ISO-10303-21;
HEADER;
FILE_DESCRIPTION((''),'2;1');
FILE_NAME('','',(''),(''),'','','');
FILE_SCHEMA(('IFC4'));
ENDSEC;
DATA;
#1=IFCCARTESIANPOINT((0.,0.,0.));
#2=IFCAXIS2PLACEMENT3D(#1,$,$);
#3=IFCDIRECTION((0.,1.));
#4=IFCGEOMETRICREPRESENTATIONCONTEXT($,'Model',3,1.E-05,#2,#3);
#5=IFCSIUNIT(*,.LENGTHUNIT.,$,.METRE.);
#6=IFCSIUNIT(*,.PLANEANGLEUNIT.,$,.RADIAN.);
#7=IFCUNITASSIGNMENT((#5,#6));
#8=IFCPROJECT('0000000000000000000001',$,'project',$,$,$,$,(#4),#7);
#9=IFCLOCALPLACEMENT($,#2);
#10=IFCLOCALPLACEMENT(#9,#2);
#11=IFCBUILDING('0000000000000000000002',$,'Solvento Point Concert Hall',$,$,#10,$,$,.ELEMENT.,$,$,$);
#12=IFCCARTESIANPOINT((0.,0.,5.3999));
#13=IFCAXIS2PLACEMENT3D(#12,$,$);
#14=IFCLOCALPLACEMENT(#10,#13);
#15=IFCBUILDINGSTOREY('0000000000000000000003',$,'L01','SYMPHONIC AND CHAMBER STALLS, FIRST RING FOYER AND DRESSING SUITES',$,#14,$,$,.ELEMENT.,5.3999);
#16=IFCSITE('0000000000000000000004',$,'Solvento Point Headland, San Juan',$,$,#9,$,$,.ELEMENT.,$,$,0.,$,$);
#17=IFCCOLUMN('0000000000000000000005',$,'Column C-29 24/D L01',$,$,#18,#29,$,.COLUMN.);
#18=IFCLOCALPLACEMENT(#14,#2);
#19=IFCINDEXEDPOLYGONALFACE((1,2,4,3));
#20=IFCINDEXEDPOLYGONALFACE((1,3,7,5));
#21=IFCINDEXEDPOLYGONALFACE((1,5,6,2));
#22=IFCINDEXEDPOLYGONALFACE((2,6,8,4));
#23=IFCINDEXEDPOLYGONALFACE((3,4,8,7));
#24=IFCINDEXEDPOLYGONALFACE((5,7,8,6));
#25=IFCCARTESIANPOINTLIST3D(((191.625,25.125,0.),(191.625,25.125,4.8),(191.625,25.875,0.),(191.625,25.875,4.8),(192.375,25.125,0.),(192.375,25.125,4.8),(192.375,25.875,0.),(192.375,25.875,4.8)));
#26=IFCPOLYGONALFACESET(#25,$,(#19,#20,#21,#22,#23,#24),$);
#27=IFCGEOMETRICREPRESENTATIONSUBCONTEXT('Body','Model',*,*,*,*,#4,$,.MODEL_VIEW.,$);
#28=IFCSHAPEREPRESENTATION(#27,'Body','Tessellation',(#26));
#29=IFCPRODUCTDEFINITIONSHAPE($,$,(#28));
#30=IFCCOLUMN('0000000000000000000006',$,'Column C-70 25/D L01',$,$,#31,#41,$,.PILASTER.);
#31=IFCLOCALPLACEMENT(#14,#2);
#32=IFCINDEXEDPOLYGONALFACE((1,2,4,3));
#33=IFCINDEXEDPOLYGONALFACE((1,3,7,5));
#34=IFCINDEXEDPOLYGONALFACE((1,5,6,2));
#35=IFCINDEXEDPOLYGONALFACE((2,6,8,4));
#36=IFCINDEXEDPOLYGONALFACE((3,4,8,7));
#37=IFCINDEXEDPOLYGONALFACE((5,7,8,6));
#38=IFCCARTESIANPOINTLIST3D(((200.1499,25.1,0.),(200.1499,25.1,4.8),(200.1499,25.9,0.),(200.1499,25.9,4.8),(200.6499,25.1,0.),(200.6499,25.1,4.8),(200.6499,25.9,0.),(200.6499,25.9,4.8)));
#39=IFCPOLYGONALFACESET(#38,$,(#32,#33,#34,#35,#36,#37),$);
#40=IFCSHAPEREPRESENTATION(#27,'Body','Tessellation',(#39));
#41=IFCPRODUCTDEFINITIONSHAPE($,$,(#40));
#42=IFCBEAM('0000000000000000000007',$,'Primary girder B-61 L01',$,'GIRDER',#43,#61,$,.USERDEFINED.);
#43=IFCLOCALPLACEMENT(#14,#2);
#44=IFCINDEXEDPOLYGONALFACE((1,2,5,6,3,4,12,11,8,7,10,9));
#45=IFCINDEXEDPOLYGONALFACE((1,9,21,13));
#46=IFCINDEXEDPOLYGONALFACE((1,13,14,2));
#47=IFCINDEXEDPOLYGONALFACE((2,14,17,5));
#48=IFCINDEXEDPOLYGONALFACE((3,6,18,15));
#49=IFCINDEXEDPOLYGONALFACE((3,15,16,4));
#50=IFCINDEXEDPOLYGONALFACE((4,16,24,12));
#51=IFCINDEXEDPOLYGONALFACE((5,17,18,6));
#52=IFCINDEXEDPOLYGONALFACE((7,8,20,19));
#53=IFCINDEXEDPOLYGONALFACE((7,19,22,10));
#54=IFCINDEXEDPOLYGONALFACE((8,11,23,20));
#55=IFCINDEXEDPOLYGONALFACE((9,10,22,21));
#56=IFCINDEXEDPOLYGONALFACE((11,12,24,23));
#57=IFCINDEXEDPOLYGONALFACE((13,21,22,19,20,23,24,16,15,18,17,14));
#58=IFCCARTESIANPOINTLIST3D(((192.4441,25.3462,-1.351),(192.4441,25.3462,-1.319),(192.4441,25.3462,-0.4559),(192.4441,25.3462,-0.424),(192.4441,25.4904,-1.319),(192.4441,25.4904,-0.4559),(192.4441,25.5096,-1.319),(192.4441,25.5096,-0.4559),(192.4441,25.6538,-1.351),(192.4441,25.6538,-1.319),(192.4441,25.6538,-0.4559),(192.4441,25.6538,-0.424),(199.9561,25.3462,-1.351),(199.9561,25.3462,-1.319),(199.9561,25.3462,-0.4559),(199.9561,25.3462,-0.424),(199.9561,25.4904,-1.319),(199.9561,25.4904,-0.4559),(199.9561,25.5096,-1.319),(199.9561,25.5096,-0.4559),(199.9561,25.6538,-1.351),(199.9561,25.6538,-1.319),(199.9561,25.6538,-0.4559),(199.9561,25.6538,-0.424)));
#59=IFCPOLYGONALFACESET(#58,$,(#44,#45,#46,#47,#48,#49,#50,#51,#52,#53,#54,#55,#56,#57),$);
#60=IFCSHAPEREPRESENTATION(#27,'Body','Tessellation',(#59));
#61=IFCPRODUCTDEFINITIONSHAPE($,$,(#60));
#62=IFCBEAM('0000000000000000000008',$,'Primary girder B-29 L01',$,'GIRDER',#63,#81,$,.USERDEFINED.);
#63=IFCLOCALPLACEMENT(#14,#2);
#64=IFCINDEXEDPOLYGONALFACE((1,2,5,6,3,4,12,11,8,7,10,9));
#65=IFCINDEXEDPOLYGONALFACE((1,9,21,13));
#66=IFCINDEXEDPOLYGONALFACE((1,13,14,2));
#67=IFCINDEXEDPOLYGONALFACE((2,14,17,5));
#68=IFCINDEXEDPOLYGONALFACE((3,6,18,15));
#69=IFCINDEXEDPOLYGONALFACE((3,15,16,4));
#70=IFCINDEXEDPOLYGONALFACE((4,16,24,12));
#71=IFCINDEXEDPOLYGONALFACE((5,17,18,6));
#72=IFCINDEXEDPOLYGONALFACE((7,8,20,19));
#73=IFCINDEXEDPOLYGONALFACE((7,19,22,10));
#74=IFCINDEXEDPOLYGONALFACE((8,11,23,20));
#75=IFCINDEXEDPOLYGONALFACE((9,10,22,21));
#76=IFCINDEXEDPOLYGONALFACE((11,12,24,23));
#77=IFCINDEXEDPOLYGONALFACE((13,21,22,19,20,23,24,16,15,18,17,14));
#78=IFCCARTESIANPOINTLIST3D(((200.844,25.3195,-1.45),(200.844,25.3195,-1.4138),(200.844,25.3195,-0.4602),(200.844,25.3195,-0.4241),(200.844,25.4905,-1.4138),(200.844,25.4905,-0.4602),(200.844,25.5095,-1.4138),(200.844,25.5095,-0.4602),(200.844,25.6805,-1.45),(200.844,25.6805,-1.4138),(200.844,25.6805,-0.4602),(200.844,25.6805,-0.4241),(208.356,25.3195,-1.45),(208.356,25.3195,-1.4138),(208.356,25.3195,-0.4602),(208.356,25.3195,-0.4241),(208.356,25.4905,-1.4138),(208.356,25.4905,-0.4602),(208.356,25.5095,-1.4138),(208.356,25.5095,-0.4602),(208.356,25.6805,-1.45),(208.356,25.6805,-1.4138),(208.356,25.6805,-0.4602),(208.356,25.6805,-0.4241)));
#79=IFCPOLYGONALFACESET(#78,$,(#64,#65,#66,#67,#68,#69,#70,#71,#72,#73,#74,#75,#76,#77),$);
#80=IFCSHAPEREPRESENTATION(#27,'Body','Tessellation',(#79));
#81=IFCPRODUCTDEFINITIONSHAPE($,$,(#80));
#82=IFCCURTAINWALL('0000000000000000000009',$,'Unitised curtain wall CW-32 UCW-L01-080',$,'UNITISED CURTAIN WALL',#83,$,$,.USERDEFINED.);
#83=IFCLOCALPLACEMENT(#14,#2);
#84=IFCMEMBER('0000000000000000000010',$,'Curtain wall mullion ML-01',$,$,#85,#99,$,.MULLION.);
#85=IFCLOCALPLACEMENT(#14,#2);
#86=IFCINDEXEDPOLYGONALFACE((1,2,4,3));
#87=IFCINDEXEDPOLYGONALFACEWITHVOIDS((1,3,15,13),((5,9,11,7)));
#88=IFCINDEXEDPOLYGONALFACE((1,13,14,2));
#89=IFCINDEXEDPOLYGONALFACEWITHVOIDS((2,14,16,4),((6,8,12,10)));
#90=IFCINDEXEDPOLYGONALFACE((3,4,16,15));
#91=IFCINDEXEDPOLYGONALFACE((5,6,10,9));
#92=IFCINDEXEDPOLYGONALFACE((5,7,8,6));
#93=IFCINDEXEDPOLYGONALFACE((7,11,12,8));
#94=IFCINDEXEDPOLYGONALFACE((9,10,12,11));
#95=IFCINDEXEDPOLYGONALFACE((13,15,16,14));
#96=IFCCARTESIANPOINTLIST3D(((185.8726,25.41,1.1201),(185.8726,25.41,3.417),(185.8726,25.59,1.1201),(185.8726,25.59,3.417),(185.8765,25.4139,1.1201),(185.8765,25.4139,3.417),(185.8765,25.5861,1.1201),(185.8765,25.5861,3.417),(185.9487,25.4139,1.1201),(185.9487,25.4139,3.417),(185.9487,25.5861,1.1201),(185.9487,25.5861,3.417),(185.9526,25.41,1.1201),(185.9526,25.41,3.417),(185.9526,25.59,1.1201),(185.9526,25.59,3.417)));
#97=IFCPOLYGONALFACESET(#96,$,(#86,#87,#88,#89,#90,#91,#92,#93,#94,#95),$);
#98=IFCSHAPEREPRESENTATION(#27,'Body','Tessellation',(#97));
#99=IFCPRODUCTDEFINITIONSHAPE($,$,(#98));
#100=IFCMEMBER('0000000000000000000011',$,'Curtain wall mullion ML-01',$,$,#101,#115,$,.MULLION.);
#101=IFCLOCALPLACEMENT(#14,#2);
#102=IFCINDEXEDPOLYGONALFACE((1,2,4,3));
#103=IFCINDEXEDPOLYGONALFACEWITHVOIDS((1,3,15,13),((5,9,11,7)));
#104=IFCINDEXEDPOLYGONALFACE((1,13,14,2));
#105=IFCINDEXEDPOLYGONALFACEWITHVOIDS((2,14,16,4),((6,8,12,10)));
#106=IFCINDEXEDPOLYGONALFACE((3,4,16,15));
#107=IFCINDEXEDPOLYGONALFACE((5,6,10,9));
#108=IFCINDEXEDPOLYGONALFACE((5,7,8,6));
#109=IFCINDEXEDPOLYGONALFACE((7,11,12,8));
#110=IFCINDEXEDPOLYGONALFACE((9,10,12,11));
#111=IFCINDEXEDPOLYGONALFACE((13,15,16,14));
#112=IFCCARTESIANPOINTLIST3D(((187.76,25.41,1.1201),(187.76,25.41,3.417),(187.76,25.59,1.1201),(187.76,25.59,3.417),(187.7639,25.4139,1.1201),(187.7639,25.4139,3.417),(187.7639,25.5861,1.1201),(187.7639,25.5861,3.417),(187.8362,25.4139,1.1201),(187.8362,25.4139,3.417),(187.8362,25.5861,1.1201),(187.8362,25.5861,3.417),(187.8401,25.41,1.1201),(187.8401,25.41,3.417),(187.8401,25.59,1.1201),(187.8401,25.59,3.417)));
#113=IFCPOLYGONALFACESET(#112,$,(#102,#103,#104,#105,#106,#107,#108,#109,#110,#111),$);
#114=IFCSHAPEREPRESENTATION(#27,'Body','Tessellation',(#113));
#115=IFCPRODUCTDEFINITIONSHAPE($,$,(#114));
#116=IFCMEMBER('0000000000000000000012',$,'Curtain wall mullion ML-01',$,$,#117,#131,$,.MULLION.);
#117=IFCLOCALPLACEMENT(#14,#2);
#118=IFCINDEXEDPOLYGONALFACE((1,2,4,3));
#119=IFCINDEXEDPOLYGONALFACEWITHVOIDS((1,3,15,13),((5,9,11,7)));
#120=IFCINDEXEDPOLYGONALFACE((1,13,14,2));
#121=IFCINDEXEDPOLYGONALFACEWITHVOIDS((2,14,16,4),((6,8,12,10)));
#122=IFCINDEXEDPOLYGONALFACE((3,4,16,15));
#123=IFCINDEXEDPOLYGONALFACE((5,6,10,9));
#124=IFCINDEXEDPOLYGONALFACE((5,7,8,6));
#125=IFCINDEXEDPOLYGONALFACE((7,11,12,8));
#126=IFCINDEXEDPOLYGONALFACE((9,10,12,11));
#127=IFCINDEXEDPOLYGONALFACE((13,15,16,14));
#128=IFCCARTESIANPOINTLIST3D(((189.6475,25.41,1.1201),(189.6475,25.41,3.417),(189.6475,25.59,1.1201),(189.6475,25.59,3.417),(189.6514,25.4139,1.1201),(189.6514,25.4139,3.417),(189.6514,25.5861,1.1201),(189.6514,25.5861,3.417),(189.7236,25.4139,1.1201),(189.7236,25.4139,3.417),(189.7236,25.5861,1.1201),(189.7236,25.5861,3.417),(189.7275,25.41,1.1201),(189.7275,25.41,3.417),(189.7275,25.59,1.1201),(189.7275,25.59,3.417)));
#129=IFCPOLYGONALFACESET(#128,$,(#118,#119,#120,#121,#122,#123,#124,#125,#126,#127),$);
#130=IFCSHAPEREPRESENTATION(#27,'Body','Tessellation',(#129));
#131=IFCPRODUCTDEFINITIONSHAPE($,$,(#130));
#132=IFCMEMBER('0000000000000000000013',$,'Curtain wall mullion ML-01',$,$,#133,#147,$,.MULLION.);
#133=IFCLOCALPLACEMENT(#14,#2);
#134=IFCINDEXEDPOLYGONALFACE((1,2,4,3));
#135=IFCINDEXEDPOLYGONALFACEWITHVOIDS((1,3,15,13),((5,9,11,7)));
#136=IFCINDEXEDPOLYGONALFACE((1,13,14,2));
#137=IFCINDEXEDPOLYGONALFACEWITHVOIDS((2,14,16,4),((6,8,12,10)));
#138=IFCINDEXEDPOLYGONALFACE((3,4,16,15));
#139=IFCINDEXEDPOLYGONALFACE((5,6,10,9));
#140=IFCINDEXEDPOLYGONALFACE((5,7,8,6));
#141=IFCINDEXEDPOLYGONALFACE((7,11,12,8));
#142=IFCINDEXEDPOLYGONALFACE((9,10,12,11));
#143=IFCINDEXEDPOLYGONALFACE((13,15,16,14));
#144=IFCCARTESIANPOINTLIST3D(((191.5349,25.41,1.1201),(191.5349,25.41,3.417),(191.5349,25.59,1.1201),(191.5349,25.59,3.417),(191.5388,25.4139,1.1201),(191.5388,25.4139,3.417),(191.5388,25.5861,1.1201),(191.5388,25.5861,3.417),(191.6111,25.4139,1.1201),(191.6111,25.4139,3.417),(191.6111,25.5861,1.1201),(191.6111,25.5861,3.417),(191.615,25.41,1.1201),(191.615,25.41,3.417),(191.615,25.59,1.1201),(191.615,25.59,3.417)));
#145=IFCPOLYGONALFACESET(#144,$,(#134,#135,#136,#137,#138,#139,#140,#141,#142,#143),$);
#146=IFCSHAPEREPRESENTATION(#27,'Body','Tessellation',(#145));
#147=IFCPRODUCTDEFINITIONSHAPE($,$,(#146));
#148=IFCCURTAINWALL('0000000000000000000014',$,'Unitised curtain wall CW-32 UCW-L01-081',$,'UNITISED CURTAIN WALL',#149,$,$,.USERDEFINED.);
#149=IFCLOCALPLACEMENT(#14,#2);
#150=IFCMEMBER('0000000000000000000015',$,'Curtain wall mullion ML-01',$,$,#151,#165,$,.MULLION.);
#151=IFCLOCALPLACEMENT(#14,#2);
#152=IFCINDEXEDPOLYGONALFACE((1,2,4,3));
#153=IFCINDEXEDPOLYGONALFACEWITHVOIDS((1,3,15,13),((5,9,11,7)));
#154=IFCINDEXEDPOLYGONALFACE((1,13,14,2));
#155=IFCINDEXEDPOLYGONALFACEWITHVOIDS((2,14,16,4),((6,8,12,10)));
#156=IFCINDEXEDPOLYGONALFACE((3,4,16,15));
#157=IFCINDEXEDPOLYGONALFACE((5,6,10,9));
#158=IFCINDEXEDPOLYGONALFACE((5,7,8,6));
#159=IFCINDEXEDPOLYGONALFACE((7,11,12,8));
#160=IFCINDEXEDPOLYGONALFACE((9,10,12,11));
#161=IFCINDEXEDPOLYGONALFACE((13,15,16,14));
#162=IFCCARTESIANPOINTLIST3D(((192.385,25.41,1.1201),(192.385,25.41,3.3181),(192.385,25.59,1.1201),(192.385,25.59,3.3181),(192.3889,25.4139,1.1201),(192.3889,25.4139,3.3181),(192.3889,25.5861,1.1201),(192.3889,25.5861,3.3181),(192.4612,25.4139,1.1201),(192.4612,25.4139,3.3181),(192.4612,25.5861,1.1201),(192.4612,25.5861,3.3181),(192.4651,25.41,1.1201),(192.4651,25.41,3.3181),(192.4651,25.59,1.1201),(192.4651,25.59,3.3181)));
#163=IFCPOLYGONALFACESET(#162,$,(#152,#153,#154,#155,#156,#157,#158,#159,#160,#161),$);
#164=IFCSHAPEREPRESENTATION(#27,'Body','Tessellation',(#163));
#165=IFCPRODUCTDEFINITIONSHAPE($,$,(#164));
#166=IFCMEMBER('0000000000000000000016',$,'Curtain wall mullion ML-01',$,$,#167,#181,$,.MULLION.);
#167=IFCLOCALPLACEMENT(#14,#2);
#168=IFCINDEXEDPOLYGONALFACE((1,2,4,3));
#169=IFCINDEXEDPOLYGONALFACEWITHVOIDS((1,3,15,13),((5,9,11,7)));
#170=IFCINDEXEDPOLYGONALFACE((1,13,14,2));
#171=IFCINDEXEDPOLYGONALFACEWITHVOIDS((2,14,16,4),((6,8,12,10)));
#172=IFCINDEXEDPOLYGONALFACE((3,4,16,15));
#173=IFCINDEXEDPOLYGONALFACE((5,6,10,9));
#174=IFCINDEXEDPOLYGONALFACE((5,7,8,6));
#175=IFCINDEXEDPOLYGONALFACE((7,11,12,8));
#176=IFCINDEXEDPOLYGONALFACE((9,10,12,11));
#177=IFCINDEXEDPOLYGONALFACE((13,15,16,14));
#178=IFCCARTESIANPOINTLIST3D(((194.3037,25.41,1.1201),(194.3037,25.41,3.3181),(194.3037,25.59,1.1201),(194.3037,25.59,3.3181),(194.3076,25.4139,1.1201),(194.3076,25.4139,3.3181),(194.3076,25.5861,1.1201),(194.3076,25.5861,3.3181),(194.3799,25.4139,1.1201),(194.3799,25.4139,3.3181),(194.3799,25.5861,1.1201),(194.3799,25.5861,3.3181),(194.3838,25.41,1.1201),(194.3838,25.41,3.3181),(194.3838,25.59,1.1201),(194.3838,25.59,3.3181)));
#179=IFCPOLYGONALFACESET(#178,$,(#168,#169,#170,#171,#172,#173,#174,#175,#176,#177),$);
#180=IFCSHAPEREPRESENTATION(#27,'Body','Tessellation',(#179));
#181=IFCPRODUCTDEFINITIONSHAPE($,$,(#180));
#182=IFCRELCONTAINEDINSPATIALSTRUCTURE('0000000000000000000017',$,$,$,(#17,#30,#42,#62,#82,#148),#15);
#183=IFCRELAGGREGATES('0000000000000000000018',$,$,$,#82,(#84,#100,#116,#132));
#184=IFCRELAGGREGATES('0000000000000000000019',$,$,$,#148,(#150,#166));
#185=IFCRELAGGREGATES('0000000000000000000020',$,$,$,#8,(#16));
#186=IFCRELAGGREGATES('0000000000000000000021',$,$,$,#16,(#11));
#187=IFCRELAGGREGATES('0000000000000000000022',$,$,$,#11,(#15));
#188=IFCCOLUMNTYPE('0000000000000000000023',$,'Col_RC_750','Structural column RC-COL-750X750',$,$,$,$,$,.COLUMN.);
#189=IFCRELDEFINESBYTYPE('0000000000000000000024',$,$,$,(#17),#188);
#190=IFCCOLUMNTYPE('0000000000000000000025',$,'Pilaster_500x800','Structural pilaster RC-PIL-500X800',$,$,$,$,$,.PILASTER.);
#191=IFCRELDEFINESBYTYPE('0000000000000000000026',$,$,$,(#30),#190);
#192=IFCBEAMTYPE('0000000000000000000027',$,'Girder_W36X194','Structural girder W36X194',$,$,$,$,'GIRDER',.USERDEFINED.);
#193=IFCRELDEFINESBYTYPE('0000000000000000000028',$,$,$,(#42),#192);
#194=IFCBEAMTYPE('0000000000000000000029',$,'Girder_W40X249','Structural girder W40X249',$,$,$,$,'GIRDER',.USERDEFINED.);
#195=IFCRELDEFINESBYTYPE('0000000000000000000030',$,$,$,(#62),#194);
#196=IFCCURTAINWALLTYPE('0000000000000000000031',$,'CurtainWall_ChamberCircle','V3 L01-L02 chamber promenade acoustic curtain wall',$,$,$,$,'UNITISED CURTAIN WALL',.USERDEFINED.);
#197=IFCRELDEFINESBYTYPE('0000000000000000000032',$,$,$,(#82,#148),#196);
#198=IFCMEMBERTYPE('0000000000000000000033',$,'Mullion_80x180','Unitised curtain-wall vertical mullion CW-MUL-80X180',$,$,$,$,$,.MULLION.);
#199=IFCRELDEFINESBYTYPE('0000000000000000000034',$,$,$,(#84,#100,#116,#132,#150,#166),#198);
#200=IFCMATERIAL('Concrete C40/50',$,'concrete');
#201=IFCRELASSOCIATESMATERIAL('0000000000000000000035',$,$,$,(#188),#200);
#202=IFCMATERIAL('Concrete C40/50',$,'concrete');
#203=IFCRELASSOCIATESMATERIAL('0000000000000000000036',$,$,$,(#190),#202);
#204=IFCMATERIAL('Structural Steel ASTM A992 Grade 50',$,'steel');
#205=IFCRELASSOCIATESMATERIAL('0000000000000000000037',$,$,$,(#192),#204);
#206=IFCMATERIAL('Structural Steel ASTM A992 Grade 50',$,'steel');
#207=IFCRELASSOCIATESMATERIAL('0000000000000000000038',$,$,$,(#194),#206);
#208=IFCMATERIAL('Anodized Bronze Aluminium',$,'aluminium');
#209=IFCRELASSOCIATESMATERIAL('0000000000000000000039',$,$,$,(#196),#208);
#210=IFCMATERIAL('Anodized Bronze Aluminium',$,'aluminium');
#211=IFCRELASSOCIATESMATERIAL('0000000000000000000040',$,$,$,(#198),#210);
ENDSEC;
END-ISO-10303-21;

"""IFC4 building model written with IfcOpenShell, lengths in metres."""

from ifc_helpers import new_model, si_unit, direction, frame, origin, origin_2d, place, context, subcontext, project, spatial, rectangle, hollow_rectangle, i_section, extrude, material, material_profile, profile_set, type_object, element, aggregate, save


model = new_model("IFC4")

# Units and contexts
model_context = context("Model", 3, precision=1e-05, world=origin(), true_north=direction((0.0, 1.0)))
body_context = subcontext(model_context, "Body", "Model", "MODEL_VIEW")
ifc_project = project(units=[si_unit("LENGTHUNIT", "METRE"), si_unit("PLANEANGLEUNIT", "RADIAN")], contexts=[model_context])

# Site, building, storey
site_placement = place(None, origin())
site = spatial("IfcSite", under=ifc_project, at=site_placement, Name="Solvento Point Headland, San Juan", CompositionType="ELEMENT", RefElevation=0.0)
building_placement = place(site_placement, origin())
building = spatial("IfcBuilding", under=site, at=building_placement, Name="Solvento Point Concert Hall", CompositionType="ELEMENT")
storey_placement = place(building_placement, frame((0.0, 0.0, 5.3999)))
storey = spatial("IfcBuildingStorey", under=building, at=storey_placement, Name="L01", Description="SYMPHONIC AND CHAMBER STALLS, FIRST RING FOYER AND DRESSING SUITES", CompositionType="ELEMENT", Elevation=5.3999)

# Columns
ifc_material_1 = material(Name="Concrete C40/50", Category="concrete")
ifc_material_profile_1 = material_profile(ifc_material_1, rectangle(XDim=0.75, YDim=0.75, at=origin_2d()), Name="RC-COL-750X750")
ifc_profile_set_1 = profile_set([ifc_material_profile_1], Name="Concrete C40/50")
column_type_1 = type_object("IfcColumnType", Name="Col_RC_750", Description="Structural column RC-COL-750X750", PredefinedType="COLUMN", material=ifc_profile_set_1)
column_1_placement = place(storey_placement, frame((192.0, 25.5, 0.0), z_axis=(0.0, 0.0, 1.0), x_axis=(1.0, 0.0, 0.0)))
element("IfcColumn", 1, at=column_1_placement, inside=storey, type_object=column_type_1, Name="Column C-29 24/D L01", PredefinedType="COLUMN", context=body_context, shape_type="SweptSolid", body=[
    extrude(rectangle(XDim=0.75, YDim=0.75, at=origin_2d()), origin(), (0.0, 0.0, 1.0), 4.8),
])
ifc_material_2 = material(Name="Concrete C40/50", Category="concrete")
ifc_material_profile_2 = material_profile(ifc_material_2, rectangle(XDim=0.5, YDim=0.8, at=origin_2d()), Name="RC-PIL-500X800")
ifc_profile_set_2 = profile_set([ifc_material_profile_2], Name="Concrete C40/50")
column_type_2 = type_object("IfcColumnType", Name="Pilaster_500x800", Description="Structural pilaster RC-PIL-500X800", PredefinedType="PILASTER", material=ifc_profile_set_2)
column_2_placement = place(storey_placement, frame((200.3999, 25.5, 0.0), z_axis=(0.0, 0.0, 1.0), x_axis=(1.0, 0.0, 0.0)))
element("IfcColumn", 2, at=column_2_placement, inside=storey, type_object=column_type_2, Name="Column C-70 25/D L01", PredefinedType="PILASTER", context=body_context, shape_type="SweptSolid", body=[
    extrude(rectangle(XDim=0.5, YDim=0.8, at=origin_2d()), origin(), (0.0, 0.0, 1.0), 4.8),
])

# Beams
ifc_material_3 = material(Name="Structural Steel ASTM A992 Grade 50", Category="steel")
ifc_material_profile_3 = material_profile(ifc_material_3, i_section(OverallWidth=0.3076, OverallDepth=0.927, WebThickness=0.0193, FlangeThickness=0.032, at=origin_2d()), Name="W36X194")
ifc_profile_set_3 = profile_set([ifc_material_profile_3], Name="Structural Steel ASTM A992 Grade 50")
beam_type_1 = type_object("IfcBeamType", Name="Girder_W36X194", Description="Structural girder W36X194", ElementType="GIRDER", PredefinedType="USERDEFINED", material=ifc_profile_set_3)
beam_1_placement = place(storey_placement, frame((192.4441, 25.5, -0.8875), z_axis=(1.0, 0.0, 0.0), x_axis=(0.0, 1.0, 0.0)))
element("IfcBeam", 3, at=beam_1_placement, inside=storey, type_object=beam_type_1, Name="Primary girder B-61 L01", ObjectType="GIRDER", PredefinedType="USERDEFINED", context=body_context, shape_type="SweptSolid", body=[
    extrude(i_section(OverallWidth=0.3076, OverallDepth=0.927, WebThickness=0.0193, FlangeThickness=0.032, at=origin_2d()), origin(), (0.0, 0.0, 1.0), 7.512),
])
ifc_material_4 = material(Name="Structural Steel ASTM A992 Grade 50", Category="steel")
ifc_material_profile_4 = material_profile(ifc_material_4, i_section(OverallWidth=0.3611, OverallDepth=1.0259, WebThickness=0.019, FlangeThickness=0.0361, at=origin_2d()), Name="W40X249")
ifc_profile_set_4 = profile_set([ifc_material_profile_4], Name="Structural Steel ASTM A992 Grade 50")
beam_type_2 = type_object("IfcBeamType", Name="Girder_W40X249", Description="Structural girder W40X249", ElementType="GIRDER", PredefinedType="USERDEFINED", material=ifc_profile_set_4)
beam_2_placement = place(storey_placement, frame((200.844, 25.5, -0.937), z_axis=(1.0, 0.0, 0.0), x_axis=(0.0, 1.0, 0.0)))
element("IfcBeam", 4, at=beam_2_placement, inside=storey, type_object=beam_type_2, Name="Primary girder B-29 L01", ObjectType="GIRDER", PredefinedType="USERDEFINED", context=body_context, shape_type="SweptSolid", body=[
    extrude(i_section(OverallWidth=0.3611, OverallDepth=1.0259, WebThickness=0.019, FlangeThickness=0.0361, at=origin_2d()), origin(), (0.0, 0.0, 1.0), 7.512),
])

# Curtain walls, members
ifc_material_5 = material(Name="Anodized Bronze Aluminium", Category="aluminium")
curtain_wall_type = type_object("IfcCurtainWallType", Name="CurtainWall_ChamberCircle", Description="V3 L01-L02 chamber promenade acoustic curtain wall", ElementType="UNITISED CURTAIN WALL", PredefinedType="USERDEFINED", material=ifc_material_5)
curtain_wall_1_placement = place(storey_placement, origin())
curtain_wall_1 = element("IfcCurtainWall", 5, at=curtain_wall_1_placement, inside=storey, type_object=curtain_wall_type, Name="Unitised curtain wall CW-32 UCW-L01-080", ObjectType="UNITISED CURTAIN WALL", PredefinedType="USERDEFINED")
ifc_material_6 = material(Name="Anodized Bronze Aluminium", Category="aluminium")
ifc_material_profile_5 = material_profile(ifc_material_6, hollow_rectangle(XDim=0.0801, YDim=0.1799, WallThickness=0.0039, at=origin_2d()), Name="CW-MUL-80X180")
ifc_profile_set_5 = profile_set([ifc_material_profile_5], Name="Anodized Bronze Aluminium")
member_type_1 = type_object("IfcMemberType", Name="Mullion_80x180", Description="Unitised curtain-wall vertical mullion CW-MUL-80X180", PredefinedType="MULLION", material=ifc_profile_set_5)
member_1_placement = place(storey_placement, frame((185.9126, 25.5, 1.1201), z_axis=(0.0, 0.0, 1.0), x_axis=(1.0, 0.0, 0.0)))
member_1 = element("IfcMember", 6, at=member_1_placement, type_object=member_type_1, Name="Curtain wall mullion ML-01", PredefinedType="MULLION", context=body_context, shape_type="SweptSolid", body=[
    extrude(hollow_rectangle(XDim=0.0801, YDim=0.1799, WallThickness=0.0039, at=origin_2d()), origin(), (0.0, 0.0, 1.0), 2.2969),
])
member_2_placement = place(storey_placement, frame((187.8, 25.5, 1.1201), z_axis=(0.0, 0.0, 1.0), x_axis=(1.0, 0.0, 0.0)))
member_2 = element("IfcMember", 7, at=member_2_placement, type_object=member_type_1, Name="Curtain wall mullion ML-01", PredefinedType="MULLION", context=body_context, shape_type="SweptSolid", body=[
    extrude(hollow_rectangle(XDim=0.0801, YDim=0.1799, WallThickness=0.0039, at=origin_2d()), origin(), (0.0, 0.0, 1.0), 2.2969),
])
member_3_placement = place(storey_placement, frame((189.6875, 25.5, 1.1201), z_axis=(0.0, 0.0, 1.0), x_axis=(1.0, 0.0, 0.0)))
member_3 = element("IfcMember", 8, at=member_3_placement, type_object=member_type_1, Name="Curtain wall mullion ML-01", PredefinedType="MULLION", context=body_context, shape_type="SweptSolid", body=[
    extrude(hollow_rectangle(XDim=0.0801, YDim=0.1799, WallThickness=0.0039, at=origin_2d()), origin(), (0.0, 0.0, 1.0), 2.2969),
])
member_4_placement = place(storey_placement, frame((191.575, 25.5, 1.1201), z_axis=(0.0, 0.0, 1.0), x_axis=(1.0, 0.0, 0.0)))
member_4 = element("IfcMember", 9, at=member_4_placement, type_object=member_type_1, Name="Curtain wall mullion ML-01", PredefinedType="MULLION", context=body_context, shape_type="SweptSolid", body=[
    extrude(hollow_rectangle(XDim=0.0801, YDim=0.1799, WallThickness=0.0039, at=origin_2d()), origin(), (0.0, 0.0, 1.0), 2.2969),
])
curtain_wall_2_placement = place(storey_placement, origin())
curtain_wall_2 = element("IfcCurtainWall", 10, at=curtain_wall_2_placement, inside=storey, type_object=curtain_wall_type, Name="Unitised curtain wall CW-32 UCW-L01-081", ObjectType="UNITISED CURTAIN WALL", PredefinedType="USERDEFINED")
member_5_placement = place(storey_placement, frame((192.425, 25.5, 1.1201), z_axis=(0.0, 0.0, 1.0), x_axis=(1.0, 0.0, 0.0)))
member_5 = element("IfcMember", 11, at=member_5_placement, type_object=member_type_1, Name="Curtain wall mullion ML-01", PredefinedType="MULLION", context=body_context, shape_type="SweptSolid", body=[
    extrude(hollow_rectangle(XDim=0.0801, YDim=0.1799, WallThickness=0.0039, at=origin_2d()), origin(), (0.0, 0.0, 1.0), 2.198),
])
member_6_placement = place(storey_placement, frame((194.3438, 25.5, 1.1201), z_axis=(0.0, 0.0, 1.0), x_axis=(1.0, 0.0, 0.0)))
member_6 = element("IfcMember", 12, at=member_6_placement, type_object=member_type_1, Name="Curtain wall mullion ML-01", PredefinedType="MULLION", context=body_context, shape_type="SweptSolid", body=[
    extrude(hollow_rectangle(XDim=0.0801, YDim=0.1799, WallThickness=0.0039, at=origin_2d()), origin(), (0.0, 0.0, 1.0), 2.198),
])

aggregate(curtain_wall_1, [member_1, member_2, member_3, member_4])
aggregate(curtain_wall_2, [member_5, member_6])

save(model, "model.ifc")
